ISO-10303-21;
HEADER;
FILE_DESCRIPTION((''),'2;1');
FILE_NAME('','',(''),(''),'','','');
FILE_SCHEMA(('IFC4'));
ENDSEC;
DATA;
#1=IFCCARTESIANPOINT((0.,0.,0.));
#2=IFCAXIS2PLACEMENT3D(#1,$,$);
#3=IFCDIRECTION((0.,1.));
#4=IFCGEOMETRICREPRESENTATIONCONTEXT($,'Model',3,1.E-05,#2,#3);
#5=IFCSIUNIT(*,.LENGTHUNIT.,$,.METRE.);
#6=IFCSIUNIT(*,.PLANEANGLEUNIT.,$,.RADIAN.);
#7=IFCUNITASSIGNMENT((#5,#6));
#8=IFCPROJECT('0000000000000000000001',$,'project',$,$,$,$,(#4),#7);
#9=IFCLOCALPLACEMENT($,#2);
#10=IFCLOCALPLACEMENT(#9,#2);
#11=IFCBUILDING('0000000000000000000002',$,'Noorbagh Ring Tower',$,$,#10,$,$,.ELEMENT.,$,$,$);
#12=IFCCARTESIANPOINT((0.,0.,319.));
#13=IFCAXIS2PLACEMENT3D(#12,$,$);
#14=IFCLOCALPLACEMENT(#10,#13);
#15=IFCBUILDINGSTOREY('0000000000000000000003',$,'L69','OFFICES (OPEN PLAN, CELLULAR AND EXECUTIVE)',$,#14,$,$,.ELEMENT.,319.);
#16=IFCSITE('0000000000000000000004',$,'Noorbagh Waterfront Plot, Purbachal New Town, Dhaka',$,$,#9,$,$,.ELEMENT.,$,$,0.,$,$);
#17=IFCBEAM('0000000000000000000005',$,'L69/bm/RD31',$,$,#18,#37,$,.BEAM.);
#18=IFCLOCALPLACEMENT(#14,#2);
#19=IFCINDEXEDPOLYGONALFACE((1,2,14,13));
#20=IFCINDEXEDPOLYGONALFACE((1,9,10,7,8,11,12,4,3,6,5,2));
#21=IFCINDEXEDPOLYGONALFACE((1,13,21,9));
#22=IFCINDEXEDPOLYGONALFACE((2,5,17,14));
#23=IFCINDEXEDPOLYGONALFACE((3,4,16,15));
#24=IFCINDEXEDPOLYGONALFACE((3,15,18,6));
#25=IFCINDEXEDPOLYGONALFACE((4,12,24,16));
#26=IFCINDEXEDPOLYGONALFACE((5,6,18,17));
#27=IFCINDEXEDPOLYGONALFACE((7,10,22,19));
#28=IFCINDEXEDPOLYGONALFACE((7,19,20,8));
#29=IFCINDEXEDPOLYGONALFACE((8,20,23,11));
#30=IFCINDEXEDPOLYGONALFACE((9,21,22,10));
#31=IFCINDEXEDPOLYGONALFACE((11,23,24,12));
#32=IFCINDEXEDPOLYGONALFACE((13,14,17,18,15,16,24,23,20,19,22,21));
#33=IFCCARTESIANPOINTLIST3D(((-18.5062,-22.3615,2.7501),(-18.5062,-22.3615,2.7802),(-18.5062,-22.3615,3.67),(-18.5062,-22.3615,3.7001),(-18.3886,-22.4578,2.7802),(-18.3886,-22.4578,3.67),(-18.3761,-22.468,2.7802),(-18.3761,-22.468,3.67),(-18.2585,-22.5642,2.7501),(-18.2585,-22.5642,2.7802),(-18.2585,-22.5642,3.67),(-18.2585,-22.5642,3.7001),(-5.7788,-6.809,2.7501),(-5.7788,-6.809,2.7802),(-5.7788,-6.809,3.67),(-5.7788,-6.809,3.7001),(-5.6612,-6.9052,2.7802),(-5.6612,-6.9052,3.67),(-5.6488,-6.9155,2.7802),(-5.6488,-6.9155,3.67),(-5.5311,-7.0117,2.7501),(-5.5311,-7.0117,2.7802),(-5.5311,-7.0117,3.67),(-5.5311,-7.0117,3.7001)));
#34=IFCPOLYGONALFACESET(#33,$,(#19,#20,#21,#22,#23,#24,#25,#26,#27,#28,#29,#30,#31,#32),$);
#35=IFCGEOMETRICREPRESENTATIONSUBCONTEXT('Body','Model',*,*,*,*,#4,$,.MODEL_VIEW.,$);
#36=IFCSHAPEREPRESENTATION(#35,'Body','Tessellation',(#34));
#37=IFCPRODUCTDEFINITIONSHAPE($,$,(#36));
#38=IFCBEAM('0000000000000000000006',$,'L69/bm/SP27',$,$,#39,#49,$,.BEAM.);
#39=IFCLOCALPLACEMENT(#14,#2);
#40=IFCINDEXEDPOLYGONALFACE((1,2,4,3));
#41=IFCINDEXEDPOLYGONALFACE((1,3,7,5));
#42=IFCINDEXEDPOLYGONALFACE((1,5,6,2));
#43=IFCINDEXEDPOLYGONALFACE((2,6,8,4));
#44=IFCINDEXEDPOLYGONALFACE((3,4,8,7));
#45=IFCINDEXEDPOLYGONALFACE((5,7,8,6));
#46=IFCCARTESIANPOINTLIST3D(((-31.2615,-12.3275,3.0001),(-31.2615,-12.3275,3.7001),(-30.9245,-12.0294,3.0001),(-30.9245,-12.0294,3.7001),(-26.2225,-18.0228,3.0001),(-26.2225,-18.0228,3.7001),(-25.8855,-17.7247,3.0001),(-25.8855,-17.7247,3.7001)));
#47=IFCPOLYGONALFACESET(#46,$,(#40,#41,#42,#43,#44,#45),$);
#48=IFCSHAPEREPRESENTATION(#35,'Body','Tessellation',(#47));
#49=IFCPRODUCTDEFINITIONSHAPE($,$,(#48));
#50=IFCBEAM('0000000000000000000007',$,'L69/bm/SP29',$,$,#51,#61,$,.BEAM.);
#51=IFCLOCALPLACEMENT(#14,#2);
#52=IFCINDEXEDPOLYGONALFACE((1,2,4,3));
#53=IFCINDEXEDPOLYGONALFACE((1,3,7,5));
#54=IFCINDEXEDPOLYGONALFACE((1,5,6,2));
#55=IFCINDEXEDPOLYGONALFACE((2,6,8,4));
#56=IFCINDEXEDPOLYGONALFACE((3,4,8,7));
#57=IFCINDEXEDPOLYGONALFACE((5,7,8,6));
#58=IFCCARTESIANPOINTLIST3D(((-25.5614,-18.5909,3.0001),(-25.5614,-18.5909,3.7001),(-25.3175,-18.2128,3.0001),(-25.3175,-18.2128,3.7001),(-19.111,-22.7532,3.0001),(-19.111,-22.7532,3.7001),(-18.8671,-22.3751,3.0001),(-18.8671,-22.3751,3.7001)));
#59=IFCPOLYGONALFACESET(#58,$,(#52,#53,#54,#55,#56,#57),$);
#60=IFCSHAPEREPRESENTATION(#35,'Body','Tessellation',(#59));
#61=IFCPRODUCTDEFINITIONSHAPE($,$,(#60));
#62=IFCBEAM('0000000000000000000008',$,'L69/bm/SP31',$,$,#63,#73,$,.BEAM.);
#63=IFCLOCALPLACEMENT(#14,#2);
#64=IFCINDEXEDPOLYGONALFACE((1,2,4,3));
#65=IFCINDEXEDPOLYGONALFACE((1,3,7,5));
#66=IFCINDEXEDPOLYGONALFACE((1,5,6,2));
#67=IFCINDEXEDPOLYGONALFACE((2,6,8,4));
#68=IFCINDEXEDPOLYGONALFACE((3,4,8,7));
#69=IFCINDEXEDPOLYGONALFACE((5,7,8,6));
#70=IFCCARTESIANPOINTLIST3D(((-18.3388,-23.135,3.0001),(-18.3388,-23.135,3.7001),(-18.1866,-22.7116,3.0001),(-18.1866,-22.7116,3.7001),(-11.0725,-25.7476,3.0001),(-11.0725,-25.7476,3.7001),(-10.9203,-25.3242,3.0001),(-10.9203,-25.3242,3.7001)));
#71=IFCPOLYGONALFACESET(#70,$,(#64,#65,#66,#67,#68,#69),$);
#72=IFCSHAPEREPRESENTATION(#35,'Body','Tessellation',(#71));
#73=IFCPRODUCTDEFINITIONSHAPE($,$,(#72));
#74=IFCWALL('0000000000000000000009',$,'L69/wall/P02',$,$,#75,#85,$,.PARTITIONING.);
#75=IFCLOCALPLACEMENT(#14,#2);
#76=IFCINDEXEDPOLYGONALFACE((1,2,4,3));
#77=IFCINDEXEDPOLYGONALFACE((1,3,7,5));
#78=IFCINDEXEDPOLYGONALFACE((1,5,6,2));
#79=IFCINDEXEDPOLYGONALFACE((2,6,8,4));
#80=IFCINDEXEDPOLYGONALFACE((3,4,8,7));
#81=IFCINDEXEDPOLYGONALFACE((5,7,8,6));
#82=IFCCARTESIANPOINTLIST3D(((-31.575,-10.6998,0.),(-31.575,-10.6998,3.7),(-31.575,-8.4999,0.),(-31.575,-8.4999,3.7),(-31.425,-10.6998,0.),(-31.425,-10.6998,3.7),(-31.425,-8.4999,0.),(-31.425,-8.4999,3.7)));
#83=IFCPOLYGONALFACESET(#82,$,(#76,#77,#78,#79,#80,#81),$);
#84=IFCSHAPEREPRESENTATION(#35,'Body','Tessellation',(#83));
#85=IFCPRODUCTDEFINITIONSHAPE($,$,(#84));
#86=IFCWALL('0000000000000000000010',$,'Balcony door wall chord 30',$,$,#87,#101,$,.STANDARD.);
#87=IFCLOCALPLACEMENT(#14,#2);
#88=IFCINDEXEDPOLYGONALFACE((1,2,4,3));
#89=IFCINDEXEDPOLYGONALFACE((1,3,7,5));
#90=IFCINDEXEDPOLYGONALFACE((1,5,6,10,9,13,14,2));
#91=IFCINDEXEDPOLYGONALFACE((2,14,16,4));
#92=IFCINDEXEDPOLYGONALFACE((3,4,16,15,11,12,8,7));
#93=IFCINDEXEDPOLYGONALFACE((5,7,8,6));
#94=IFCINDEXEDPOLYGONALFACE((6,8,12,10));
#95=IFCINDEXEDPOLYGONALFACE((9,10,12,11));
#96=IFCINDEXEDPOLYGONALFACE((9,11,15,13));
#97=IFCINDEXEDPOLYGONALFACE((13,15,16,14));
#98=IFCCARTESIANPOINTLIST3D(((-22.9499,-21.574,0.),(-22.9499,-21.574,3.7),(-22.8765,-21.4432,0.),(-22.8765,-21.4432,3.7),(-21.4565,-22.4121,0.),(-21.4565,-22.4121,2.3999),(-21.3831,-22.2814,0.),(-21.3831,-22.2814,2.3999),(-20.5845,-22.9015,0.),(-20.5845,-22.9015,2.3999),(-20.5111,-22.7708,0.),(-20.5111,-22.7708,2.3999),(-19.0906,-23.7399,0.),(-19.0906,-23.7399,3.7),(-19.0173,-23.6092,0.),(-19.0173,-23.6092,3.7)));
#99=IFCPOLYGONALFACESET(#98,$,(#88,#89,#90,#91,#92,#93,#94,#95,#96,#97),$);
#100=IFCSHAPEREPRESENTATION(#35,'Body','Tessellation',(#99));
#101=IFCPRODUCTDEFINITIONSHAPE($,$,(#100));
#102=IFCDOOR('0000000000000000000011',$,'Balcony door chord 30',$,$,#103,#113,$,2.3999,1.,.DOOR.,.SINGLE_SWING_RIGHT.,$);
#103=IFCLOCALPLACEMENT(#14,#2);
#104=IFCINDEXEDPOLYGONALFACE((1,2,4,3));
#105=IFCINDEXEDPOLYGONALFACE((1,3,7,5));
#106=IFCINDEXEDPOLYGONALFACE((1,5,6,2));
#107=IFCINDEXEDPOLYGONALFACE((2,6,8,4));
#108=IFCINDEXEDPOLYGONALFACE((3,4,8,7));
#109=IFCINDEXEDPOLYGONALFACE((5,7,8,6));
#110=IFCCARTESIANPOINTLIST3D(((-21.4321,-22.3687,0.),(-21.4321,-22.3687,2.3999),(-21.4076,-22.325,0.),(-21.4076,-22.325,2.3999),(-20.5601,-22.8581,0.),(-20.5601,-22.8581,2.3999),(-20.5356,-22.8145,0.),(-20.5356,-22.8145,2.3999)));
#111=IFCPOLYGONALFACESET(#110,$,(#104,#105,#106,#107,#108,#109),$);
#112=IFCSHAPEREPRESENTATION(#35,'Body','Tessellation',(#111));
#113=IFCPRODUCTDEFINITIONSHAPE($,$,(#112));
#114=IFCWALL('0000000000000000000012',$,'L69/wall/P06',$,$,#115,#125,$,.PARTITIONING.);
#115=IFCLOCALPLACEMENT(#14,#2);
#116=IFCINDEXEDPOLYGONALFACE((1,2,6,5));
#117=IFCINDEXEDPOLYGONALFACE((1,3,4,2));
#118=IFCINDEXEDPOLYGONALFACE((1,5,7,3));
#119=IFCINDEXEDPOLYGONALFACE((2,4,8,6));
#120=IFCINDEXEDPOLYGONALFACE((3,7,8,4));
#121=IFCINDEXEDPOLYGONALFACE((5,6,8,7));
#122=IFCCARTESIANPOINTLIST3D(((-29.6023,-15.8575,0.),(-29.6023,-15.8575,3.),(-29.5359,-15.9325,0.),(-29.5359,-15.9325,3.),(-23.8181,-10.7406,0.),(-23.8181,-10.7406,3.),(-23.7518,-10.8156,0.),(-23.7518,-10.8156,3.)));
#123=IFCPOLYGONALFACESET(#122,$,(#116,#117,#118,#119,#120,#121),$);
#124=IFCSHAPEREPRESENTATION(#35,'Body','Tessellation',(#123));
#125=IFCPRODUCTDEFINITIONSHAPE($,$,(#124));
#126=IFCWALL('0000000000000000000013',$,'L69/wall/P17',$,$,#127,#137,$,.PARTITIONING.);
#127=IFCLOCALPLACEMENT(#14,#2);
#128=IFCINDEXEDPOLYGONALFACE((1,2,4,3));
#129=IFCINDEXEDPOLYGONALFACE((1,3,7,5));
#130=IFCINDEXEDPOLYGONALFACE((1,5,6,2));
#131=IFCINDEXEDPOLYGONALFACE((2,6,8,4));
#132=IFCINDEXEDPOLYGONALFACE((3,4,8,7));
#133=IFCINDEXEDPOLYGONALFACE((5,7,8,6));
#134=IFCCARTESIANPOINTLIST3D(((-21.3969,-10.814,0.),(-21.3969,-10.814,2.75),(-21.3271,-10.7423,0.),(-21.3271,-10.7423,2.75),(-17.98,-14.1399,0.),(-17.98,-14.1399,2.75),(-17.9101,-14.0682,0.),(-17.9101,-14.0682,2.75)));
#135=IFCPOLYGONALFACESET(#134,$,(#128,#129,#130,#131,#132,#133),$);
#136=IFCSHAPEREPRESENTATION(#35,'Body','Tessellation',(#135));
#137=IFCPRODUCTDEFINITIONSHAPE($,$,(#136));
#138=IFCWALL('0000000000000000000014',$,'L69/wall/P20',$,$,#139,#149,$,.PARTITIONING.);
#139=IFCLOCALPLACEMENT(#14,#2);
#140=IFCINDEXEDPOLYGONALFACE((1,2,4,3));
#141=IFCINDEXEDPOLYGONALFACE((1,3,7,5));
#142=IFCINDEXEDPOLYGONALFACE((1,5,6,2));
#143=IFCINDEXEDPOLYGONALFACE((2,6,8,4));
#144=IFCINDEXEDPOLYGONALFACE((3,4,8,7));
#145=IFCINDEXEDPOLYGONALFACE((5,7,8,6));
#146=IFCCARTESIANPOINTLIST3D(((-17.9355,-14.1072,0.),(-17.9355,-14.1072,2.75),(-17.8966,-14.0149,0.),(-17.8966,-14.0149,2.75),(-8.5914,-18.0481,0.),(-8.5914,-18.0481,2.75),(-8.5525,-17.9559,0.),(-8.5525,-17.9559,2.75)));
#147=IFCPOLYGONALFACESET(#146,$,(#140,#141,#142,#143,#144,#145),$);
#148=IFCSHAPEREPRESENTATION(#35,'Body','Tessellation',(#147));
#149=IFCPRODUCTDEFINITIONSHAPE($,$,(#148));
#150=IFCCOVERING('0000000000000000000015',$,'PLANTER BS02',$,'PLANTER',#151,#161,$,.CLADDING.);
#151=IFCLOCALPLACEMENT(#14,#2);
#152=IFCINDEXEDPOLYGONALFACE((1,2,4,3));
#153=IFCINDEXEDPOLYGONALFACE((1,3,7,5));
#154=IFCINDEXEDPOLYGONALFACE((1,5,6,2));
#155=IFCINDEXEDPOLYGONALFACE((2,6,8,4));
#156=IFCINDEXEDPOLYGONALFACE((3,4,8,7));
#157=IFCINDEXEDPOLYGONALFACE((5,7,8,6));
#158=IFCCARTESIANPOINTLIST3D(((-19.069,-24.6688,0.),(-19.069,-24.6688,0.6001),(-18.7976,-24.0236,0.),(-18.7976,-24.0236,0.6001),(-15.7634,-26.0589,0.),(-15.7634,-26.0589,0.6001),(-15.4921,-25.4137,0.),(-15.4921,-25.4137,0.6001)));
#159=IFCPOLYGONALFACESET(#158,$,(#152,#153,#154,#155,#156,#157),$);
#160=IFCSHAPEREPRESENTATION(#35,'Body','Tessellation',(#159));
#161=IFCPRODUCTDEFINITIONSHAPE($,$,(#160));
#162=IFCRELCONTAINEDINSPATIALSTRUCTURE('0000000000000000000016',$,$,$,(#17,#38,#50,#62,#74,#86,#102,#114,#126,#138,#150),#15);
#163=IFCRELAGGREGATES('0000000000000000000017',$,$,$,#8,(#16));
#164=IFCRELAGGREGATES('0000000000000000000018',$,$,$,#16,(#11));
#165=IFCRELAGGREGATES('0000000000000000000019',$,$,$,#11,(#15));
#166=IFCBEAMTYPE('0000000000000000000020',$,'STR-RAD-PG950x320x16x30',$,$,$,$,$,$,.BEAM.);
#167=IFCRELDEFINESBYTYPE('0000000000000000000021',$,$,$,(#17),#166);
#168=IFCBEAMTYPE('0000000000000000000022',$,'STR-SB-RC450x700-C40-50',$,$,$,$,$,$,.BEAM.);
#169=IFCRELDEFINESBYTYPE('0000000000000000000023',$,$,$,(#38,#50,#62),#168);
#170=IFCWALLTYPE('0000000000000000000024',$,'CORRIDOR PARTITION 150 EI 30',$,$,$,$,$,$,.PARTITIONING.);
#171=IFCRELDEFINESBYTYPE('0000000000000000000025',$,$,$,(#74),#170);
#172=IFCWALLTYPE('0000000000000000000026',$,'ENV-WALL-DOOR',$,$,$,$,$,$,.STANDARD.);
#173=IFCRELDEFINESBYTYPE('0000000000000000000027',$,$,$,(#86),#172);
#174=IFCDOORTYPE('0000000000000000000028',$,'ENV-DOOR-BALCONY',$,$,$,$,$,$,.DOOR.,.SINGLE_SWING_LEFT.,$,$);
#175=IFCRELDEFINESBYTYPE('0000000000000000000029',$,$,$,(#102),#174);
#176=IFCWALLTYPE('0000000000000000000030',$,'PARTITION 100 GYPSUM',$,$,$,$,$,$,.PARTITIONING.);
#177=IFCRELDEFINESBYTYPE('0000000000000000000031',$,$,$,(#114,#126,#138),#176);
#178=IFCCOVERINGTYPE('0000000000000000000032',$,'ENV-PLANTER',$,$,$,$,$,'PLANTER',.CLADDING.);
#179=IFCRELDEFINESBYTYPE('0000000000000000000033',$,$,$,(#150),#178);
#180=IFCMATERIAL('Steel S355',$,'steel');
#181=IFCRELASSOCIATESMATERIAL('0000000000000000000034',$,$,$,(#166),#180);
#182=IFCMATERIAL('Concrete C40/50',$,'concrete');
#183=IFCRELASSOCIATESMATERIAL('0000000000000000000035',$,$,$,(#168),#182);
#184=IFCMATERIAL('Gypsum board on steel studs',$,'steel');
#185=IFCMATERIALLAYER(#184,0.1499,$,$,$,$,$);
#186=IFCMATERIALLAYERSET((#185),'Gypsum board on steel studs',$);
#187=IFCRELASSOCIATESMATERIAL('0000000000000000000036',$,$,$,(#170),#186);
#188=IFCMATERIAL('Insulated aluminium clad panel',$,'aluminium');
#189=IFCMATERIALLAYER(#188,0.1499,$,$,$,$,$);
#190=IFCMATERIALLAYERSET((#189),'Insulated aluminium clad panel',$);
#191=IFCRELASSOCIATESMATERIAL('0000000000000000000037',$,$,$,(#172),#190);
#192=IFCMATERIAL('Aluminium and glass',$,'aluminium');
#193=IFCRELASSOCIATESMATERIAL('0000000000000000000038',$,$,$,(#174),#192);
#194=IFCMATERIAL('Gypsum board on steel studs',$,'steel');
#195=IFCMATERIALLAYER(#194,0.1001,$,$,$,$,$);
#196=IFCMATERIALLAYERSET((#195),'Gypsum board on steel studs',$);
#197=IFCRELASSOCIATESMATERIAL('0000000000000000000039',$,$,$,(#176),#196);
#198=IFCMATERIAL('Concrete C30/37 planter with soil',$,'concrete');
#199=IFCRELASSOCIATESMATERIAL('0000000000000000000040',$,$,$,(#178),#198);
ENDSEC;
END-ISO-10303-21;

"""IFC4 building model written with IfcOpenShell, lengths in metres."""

from ifc_helpers import new_model, si_unit, direction, frame, frame_2d, origin, origin_2d, place, context, subcontext, project, spatial, rectangle, i_section, extrude, material, layer, layer_set, material_profile, profile_set, type_object, element, fill, save


model = new_model("IFC4")

# Units and contexts
model_context = context("Model", 3, precision=1e-05, world=origin(), true_north=direction((0.0, 1.0)))
body_context = subcontext(model_context, "Body", "Model", "MODEL_VIEW")
ifc_project = project(units=[si_unit("LENGTHUNIT", "METRE"), si_unit("PLANEANGLEUNIT", "RADIAN")], contexts=[model_context])

# Site, building, storey
site_placement = place(None, origin())
site = spatial("IfcSite", under=ifc_project, at=site_placement, Name="Noorbagh Waterfront Plot, Purbachal New Town, Dhaka", CompositionType="ELEMENT", RefElevation=0.0)
building_placement = place(site_placement, origin())
building = spatial("IfcBuilding", under=site, at=building_placement, Name="Noorbagh Ring Tower", CompositionType="ELEMENT")
storey_placement = place(building_placement, frame((0.0, 0.0, 319.0)))
storey = spatial("IfcBuildingStorey", under=building, at=storey_placement, Name="L69", Description="OFFICES (OPEN PLAN, CELLULAR AND EXECUTIVE)", CompositionType="ELEMENT", Elevation=319.0)

# Beams
ifc_material_1 = material(Name="Steel S355", Category="steel")
ifc_material_profile_1 = material_profile(ifc_material_1, i_section(OverallWidth=0.3201, OverallDepth=0.95, WebThickness=0.0161, FlangeThickness=0.03, at=origin_2d()), Name="PG950x320x16x30")
ifc_profile_set_1 = profile_set([ifc_material_profile_1], Name="Steel S355")
beam_type_1 = type_object("IfcBeamType", Name="STR-RAD-PG950x320x16x30", PredefinedType="BEAM", material=ifc_profile_set_1)
beam_1_placement = place(storey_placement, frame((-18.3823, -22.4629, 3.2251), z_axis=(0.633313, 0.773896, 0.0), x_axis=(-0.773896, 0.633313, 0.0)))
element("IfcBeam", 1, at=beam_1_placement, inside=storey, type_object=beam_type_1, Name="L69/bm/RD31", PredefinedType="BEAM", context=body_context, shape_type="SweptSolid", body=[
    extrude(i_section(OverallWidth=0.3201, OverallDepth=0.95, WebThickness=0.0161, FlangeThickness=0.03, at=origin_2d()), origin(), (0.0, 0.0, 1.0), 20.0964),
])
ifc_material_2 = material(Name="Concrete C40/50", Category="concrete")
ifc_material_profile_2 = material_profile(ifc_material_2, rectangle(XDim=0.45, YDim=0.7, at=origin_2d()), Name="RC450x700")
ifc_profile_set_2 = profile_set([ifc_material_profile_2], Name="Concrete C40/50")
beam_type_2 = type_object("IfcBeamType", Name="STR-SB-RC450x700-C40-50", PredefinedType="BEAM", material=ifc_profile_set_2)
beam_2_placement = place(storey_placement, frame((-31.093, -12.1785, 3.3501), z_axis=(0.66264, -0.748938, 0.0), x_axis=(0.748938, 0.66264, 0.0)))
element("IfcBeam", 2, at=beam_2_placement, inside=storey, type_object=beam_type_2, Name="L69/bm/SP27", PredefinedType="BEAM", context=body_context, shape_type="SweptSolid", body=[
    extrude(rectangle(XDim=0.45, YDim=0.7, at=origin_2d()), origin(), (0.0, 0.0, 1.0), 7.6045),
])
beam_3_placement = place(storey_placement, frame((-25.4395, -18.4019, 3.3501), z_axis=(0.84025, -0.542199, 0.0), x_axis=(0.542199, 0.84025, 0.0)))
element("IfcBeam", 3, at=beam_3_placement, inside=storey, type_object=beam_type_2, Name="L69/bm/SP29", PredefinedType="BEAM", context=body_context, shape_type="SweptSolid", body=[
    extrude(rectangle(XDim=0.45, YDim=0.7, at=origin_2d()), origin(), (0.0, 0.0, 1.0), 7.6768),
])
beam_4_placement = place(storey_placement, frame((-18.2627, -22.9233, 3.3501), z_axis=(0.941025, -0.338337, 0.0), x_axis=(0.338337, 0.941025, 0.0)))
element("IfcBeam", 4, at=beam_4_placement, inside=storey, type_object=beam_type_2, Name="L69/bm/SP31", PredefinedType="BEAM", context=body_context, shape_type="SweptSolid", body=[
    extrude(rectangle(XDim=0.45, YDim=0.7, at=origin_2d()), origin(), (0.0, 0.0, 1.0), 7.7217),
])

# Wall
ifc_material_3 = material(Name="Gypsum board on steel studs", Category="steel")
ifc_layer_1 = layer(ifc_material_3, 0.1499)
ifc_layer_set_1 = layer_set([ifc_layer_1], Name="Gypsum board on steel studs")
wall_type_1 = type_object("IfcWallType", Name="CORRIDOR PARTITION 150 EI 30", PredefinedType="PARTITIONING", material=ifc_layer_set_1)
wall_1_placement = place(storey_placement, frame((-31.5, -10.7, 0.0), z_axis=(0.0, 0.0, 1.0), x_axis=(0.0, 1.0, 0.0)))
element("IfcWall", 5, at=wall_1_placement, inside=storey, type_object=wall_type_1, Name="L69/wall/P02", PredefinedType="PARTITIONING", context=body_context, shape_type="SweptSolid", body=[
    extrude(rectangle(XDim=2.2, YDim=0.1499, at=frame_2d((1.1001, 0.0))), origin(), (0.0, 0.0, 1.0), 3.7),
])

# Wall, opening, door
ifc_material_4 = material(Name="Insulated aluminium clad panel", Category="aluminium")
ifc_layer_2 = layer(ifc_material_4, 0.1499)
ifc_layer_set_2 = layer_set([ifc_layer_2], Name="Insulated aluminium clad panel")
wall_type_2 = type_object("IfcWallType", Name="ENV-WALL-DOOR", PredefinedType="STANDARD", material=ifc_layer_set_2)
wall_2_placement = place(storey_placement, frame((-22.9133, -21.5085, 0.0), z_axis=(0.0, 0.0, 1.0), x_axis=(0.872047, -0.489423, 0.0)))
wall_2 = element("IfcWall", 6, at=wall_2_placement, inside=storey, type_object=wall_type_2, Name="Balcony door wall chord 30", PredefinedType="STANDARD", context=body_context, shape_type="SweptSolid", body=[
    extrude(rectangle(XDim=4.4255, YDim=0.1499, at=frame_2d((2.2129, 0.0))), origin(), (0.0, 0.0, 1.0), 3.7),
])
opening_placement = place(wall_2_placement, frame((1.7126, 0.0, 0.0)))
opening = element("IfcOpeningElement", 7, at=opening_placement, cuts=wall_2, PredefinedType="OPENING", context=body_context, shape_type="SweptSolid", body=[
    extrude(rectangle(XDim=1.0, YDim=2.3999, at=frame_2d((0.5, 1.2))), frame((0.0, 0.085, 0.0), z_axis=(0.0, -1.0, 0.0), x_axis=(1.0, 0.0, 0.0)), (0.0, 0.0, 1.0), 0.1699),
])
ifc_material_5 = material(Name="Aluminium and glass", Category="aluminium")
door_type = type_object("IfcDoorType", Name="ENV-DOOR-BALCONY", OperationType="SINGLE_SWING_LEFT", PredefinedType="DOOR", material=ifc_material_5)
door_placement = place(opening_placement, origin())
door = element("IfcDoor", 8, at=door_placement, inside=storey, type_object=door_type, Name="Balcony door chord 30", OperationType="SINGLE_SWING_RIGHT", OverallHeight=2.3999, OverallWidth=1.0, PredefinedType="DOOR", context=body_context, shape_type="SweptSolid", body=[
    extrude(rectangle(XDim=1.0, YDim=2.3999, at=frame_2d((0.5, 1.2))), frame((0.0, 0.0249, 0.0), z_axis=(0.0, -1.0, 0.0), x_axis=(1.0, 0.0, 0.0)), (0.0, 0.0, 1.0), 0.05),
])
fill(opening, door)

# Walls
ifc_material_6 = material(Name="Gypsum board on steel studs", Category="steel")
ifc_layer_3 = layer(ifc_material_6, 0.1001)
ifc_layer_set_3 = layer_set([ifc_layer_3], Name="Gypsum board on steel studs")
wall_type_3 = type_object("IfcWallType", Name="PARTITION 100 GYPSUM", PredefinedType="PARTITIONING", material=ifc_layer_set_3)
wall_3_placement = place(storey_placement, frame((-29.5691, -15.895, 0.0), z_axis=(0.0, 0.0, 1.0), x_axis=(0.748986, 0.662586, 0.0)))
element("IfcWall", 9, at=wall_3_placement, inside=storey, type_object=wall_type_3, Name="L69/wall/P06", PredefinedType="PARTITIONING", context=body_context, shape_type="SweptSolid", body=[
    extrude(rectangle(XDim=7.7227, YDim=0.1001, at=frame_2d((3.8613, 0.0))), origin(), (0.0, 0.0, 1.0), 3.0),
])
wall_4_placement = place(storey_placement, frame((-21.3621, -10.7781, 0.0), z_axis=(0.0, 0.0, 1.0), x_axis=(0.716591, -0.697494, 0.0)))
element("IfcWall", 10, at=wall_4_placement, inside=storey, type_object=wall_type_3, Name="L69/wall/P17", PredefinedType="PARTITIONING", context=body_context, shape_type="SweptSolid", body=[
    extrude(rectangle(XDim=4.7683, YDim=0.1001, at=frame_2d((2.3843, 0.0))), origin(), (0.0, 0.0, 1.0), 2.75),
])
wall_5_placement = place(storey_placement, frame((-17.916, -14.061, 0.0), z_axis=(0.0, 0.0, 1.0), x_axis=(0.921402, -0.38861, 0.0)))
element("IfcWall", 11, at=wall_5_placement, inside=storey, type_object=wall_type_3, Name="L69/wall/P20", PredefinedType="PARTITIONING", context=body_context, shape_type="SweptSolid", body=[
    extrude(rectangle(XDim=10.1411, YDim=0.1001, at=frame_2d((5.0706, 0.0))), origin(), (0.0, 0.0, 1.0), 2.75),
])

# Covering
ifc_material_7 = material(Name="Concrete C30/37 planter with soil", Category="concrete")
covering_type = type_object("IfcCoveringType", Name="ENV-PLANTER", ElementType="PLANTER", PredefinedType="CLADDING", material=ifc_material_7)
covering_placement = place(storey_placement, frame((-17.2805, -25.0413, 0.0), z_axis=(0.0, 0.0, 1.0), x_axis=(0.921812, -0.387638, 0.0)))
element("IfcCovering", 12, at=covering_placement, inside=storey, type_object=covering_type, Name="PLANTER BS02", ObjectType="PLANTER", PredefinedType="CLADDING", context=body_context, shape_type="SweptSolid", body=[
    extrude(rectangle(XDim=3.5859, YDim=0.7, at=origin_2d()), origin(), (0.0, 0.0, 1.0), 0.6001),
])

save(model, "model.ifc")
